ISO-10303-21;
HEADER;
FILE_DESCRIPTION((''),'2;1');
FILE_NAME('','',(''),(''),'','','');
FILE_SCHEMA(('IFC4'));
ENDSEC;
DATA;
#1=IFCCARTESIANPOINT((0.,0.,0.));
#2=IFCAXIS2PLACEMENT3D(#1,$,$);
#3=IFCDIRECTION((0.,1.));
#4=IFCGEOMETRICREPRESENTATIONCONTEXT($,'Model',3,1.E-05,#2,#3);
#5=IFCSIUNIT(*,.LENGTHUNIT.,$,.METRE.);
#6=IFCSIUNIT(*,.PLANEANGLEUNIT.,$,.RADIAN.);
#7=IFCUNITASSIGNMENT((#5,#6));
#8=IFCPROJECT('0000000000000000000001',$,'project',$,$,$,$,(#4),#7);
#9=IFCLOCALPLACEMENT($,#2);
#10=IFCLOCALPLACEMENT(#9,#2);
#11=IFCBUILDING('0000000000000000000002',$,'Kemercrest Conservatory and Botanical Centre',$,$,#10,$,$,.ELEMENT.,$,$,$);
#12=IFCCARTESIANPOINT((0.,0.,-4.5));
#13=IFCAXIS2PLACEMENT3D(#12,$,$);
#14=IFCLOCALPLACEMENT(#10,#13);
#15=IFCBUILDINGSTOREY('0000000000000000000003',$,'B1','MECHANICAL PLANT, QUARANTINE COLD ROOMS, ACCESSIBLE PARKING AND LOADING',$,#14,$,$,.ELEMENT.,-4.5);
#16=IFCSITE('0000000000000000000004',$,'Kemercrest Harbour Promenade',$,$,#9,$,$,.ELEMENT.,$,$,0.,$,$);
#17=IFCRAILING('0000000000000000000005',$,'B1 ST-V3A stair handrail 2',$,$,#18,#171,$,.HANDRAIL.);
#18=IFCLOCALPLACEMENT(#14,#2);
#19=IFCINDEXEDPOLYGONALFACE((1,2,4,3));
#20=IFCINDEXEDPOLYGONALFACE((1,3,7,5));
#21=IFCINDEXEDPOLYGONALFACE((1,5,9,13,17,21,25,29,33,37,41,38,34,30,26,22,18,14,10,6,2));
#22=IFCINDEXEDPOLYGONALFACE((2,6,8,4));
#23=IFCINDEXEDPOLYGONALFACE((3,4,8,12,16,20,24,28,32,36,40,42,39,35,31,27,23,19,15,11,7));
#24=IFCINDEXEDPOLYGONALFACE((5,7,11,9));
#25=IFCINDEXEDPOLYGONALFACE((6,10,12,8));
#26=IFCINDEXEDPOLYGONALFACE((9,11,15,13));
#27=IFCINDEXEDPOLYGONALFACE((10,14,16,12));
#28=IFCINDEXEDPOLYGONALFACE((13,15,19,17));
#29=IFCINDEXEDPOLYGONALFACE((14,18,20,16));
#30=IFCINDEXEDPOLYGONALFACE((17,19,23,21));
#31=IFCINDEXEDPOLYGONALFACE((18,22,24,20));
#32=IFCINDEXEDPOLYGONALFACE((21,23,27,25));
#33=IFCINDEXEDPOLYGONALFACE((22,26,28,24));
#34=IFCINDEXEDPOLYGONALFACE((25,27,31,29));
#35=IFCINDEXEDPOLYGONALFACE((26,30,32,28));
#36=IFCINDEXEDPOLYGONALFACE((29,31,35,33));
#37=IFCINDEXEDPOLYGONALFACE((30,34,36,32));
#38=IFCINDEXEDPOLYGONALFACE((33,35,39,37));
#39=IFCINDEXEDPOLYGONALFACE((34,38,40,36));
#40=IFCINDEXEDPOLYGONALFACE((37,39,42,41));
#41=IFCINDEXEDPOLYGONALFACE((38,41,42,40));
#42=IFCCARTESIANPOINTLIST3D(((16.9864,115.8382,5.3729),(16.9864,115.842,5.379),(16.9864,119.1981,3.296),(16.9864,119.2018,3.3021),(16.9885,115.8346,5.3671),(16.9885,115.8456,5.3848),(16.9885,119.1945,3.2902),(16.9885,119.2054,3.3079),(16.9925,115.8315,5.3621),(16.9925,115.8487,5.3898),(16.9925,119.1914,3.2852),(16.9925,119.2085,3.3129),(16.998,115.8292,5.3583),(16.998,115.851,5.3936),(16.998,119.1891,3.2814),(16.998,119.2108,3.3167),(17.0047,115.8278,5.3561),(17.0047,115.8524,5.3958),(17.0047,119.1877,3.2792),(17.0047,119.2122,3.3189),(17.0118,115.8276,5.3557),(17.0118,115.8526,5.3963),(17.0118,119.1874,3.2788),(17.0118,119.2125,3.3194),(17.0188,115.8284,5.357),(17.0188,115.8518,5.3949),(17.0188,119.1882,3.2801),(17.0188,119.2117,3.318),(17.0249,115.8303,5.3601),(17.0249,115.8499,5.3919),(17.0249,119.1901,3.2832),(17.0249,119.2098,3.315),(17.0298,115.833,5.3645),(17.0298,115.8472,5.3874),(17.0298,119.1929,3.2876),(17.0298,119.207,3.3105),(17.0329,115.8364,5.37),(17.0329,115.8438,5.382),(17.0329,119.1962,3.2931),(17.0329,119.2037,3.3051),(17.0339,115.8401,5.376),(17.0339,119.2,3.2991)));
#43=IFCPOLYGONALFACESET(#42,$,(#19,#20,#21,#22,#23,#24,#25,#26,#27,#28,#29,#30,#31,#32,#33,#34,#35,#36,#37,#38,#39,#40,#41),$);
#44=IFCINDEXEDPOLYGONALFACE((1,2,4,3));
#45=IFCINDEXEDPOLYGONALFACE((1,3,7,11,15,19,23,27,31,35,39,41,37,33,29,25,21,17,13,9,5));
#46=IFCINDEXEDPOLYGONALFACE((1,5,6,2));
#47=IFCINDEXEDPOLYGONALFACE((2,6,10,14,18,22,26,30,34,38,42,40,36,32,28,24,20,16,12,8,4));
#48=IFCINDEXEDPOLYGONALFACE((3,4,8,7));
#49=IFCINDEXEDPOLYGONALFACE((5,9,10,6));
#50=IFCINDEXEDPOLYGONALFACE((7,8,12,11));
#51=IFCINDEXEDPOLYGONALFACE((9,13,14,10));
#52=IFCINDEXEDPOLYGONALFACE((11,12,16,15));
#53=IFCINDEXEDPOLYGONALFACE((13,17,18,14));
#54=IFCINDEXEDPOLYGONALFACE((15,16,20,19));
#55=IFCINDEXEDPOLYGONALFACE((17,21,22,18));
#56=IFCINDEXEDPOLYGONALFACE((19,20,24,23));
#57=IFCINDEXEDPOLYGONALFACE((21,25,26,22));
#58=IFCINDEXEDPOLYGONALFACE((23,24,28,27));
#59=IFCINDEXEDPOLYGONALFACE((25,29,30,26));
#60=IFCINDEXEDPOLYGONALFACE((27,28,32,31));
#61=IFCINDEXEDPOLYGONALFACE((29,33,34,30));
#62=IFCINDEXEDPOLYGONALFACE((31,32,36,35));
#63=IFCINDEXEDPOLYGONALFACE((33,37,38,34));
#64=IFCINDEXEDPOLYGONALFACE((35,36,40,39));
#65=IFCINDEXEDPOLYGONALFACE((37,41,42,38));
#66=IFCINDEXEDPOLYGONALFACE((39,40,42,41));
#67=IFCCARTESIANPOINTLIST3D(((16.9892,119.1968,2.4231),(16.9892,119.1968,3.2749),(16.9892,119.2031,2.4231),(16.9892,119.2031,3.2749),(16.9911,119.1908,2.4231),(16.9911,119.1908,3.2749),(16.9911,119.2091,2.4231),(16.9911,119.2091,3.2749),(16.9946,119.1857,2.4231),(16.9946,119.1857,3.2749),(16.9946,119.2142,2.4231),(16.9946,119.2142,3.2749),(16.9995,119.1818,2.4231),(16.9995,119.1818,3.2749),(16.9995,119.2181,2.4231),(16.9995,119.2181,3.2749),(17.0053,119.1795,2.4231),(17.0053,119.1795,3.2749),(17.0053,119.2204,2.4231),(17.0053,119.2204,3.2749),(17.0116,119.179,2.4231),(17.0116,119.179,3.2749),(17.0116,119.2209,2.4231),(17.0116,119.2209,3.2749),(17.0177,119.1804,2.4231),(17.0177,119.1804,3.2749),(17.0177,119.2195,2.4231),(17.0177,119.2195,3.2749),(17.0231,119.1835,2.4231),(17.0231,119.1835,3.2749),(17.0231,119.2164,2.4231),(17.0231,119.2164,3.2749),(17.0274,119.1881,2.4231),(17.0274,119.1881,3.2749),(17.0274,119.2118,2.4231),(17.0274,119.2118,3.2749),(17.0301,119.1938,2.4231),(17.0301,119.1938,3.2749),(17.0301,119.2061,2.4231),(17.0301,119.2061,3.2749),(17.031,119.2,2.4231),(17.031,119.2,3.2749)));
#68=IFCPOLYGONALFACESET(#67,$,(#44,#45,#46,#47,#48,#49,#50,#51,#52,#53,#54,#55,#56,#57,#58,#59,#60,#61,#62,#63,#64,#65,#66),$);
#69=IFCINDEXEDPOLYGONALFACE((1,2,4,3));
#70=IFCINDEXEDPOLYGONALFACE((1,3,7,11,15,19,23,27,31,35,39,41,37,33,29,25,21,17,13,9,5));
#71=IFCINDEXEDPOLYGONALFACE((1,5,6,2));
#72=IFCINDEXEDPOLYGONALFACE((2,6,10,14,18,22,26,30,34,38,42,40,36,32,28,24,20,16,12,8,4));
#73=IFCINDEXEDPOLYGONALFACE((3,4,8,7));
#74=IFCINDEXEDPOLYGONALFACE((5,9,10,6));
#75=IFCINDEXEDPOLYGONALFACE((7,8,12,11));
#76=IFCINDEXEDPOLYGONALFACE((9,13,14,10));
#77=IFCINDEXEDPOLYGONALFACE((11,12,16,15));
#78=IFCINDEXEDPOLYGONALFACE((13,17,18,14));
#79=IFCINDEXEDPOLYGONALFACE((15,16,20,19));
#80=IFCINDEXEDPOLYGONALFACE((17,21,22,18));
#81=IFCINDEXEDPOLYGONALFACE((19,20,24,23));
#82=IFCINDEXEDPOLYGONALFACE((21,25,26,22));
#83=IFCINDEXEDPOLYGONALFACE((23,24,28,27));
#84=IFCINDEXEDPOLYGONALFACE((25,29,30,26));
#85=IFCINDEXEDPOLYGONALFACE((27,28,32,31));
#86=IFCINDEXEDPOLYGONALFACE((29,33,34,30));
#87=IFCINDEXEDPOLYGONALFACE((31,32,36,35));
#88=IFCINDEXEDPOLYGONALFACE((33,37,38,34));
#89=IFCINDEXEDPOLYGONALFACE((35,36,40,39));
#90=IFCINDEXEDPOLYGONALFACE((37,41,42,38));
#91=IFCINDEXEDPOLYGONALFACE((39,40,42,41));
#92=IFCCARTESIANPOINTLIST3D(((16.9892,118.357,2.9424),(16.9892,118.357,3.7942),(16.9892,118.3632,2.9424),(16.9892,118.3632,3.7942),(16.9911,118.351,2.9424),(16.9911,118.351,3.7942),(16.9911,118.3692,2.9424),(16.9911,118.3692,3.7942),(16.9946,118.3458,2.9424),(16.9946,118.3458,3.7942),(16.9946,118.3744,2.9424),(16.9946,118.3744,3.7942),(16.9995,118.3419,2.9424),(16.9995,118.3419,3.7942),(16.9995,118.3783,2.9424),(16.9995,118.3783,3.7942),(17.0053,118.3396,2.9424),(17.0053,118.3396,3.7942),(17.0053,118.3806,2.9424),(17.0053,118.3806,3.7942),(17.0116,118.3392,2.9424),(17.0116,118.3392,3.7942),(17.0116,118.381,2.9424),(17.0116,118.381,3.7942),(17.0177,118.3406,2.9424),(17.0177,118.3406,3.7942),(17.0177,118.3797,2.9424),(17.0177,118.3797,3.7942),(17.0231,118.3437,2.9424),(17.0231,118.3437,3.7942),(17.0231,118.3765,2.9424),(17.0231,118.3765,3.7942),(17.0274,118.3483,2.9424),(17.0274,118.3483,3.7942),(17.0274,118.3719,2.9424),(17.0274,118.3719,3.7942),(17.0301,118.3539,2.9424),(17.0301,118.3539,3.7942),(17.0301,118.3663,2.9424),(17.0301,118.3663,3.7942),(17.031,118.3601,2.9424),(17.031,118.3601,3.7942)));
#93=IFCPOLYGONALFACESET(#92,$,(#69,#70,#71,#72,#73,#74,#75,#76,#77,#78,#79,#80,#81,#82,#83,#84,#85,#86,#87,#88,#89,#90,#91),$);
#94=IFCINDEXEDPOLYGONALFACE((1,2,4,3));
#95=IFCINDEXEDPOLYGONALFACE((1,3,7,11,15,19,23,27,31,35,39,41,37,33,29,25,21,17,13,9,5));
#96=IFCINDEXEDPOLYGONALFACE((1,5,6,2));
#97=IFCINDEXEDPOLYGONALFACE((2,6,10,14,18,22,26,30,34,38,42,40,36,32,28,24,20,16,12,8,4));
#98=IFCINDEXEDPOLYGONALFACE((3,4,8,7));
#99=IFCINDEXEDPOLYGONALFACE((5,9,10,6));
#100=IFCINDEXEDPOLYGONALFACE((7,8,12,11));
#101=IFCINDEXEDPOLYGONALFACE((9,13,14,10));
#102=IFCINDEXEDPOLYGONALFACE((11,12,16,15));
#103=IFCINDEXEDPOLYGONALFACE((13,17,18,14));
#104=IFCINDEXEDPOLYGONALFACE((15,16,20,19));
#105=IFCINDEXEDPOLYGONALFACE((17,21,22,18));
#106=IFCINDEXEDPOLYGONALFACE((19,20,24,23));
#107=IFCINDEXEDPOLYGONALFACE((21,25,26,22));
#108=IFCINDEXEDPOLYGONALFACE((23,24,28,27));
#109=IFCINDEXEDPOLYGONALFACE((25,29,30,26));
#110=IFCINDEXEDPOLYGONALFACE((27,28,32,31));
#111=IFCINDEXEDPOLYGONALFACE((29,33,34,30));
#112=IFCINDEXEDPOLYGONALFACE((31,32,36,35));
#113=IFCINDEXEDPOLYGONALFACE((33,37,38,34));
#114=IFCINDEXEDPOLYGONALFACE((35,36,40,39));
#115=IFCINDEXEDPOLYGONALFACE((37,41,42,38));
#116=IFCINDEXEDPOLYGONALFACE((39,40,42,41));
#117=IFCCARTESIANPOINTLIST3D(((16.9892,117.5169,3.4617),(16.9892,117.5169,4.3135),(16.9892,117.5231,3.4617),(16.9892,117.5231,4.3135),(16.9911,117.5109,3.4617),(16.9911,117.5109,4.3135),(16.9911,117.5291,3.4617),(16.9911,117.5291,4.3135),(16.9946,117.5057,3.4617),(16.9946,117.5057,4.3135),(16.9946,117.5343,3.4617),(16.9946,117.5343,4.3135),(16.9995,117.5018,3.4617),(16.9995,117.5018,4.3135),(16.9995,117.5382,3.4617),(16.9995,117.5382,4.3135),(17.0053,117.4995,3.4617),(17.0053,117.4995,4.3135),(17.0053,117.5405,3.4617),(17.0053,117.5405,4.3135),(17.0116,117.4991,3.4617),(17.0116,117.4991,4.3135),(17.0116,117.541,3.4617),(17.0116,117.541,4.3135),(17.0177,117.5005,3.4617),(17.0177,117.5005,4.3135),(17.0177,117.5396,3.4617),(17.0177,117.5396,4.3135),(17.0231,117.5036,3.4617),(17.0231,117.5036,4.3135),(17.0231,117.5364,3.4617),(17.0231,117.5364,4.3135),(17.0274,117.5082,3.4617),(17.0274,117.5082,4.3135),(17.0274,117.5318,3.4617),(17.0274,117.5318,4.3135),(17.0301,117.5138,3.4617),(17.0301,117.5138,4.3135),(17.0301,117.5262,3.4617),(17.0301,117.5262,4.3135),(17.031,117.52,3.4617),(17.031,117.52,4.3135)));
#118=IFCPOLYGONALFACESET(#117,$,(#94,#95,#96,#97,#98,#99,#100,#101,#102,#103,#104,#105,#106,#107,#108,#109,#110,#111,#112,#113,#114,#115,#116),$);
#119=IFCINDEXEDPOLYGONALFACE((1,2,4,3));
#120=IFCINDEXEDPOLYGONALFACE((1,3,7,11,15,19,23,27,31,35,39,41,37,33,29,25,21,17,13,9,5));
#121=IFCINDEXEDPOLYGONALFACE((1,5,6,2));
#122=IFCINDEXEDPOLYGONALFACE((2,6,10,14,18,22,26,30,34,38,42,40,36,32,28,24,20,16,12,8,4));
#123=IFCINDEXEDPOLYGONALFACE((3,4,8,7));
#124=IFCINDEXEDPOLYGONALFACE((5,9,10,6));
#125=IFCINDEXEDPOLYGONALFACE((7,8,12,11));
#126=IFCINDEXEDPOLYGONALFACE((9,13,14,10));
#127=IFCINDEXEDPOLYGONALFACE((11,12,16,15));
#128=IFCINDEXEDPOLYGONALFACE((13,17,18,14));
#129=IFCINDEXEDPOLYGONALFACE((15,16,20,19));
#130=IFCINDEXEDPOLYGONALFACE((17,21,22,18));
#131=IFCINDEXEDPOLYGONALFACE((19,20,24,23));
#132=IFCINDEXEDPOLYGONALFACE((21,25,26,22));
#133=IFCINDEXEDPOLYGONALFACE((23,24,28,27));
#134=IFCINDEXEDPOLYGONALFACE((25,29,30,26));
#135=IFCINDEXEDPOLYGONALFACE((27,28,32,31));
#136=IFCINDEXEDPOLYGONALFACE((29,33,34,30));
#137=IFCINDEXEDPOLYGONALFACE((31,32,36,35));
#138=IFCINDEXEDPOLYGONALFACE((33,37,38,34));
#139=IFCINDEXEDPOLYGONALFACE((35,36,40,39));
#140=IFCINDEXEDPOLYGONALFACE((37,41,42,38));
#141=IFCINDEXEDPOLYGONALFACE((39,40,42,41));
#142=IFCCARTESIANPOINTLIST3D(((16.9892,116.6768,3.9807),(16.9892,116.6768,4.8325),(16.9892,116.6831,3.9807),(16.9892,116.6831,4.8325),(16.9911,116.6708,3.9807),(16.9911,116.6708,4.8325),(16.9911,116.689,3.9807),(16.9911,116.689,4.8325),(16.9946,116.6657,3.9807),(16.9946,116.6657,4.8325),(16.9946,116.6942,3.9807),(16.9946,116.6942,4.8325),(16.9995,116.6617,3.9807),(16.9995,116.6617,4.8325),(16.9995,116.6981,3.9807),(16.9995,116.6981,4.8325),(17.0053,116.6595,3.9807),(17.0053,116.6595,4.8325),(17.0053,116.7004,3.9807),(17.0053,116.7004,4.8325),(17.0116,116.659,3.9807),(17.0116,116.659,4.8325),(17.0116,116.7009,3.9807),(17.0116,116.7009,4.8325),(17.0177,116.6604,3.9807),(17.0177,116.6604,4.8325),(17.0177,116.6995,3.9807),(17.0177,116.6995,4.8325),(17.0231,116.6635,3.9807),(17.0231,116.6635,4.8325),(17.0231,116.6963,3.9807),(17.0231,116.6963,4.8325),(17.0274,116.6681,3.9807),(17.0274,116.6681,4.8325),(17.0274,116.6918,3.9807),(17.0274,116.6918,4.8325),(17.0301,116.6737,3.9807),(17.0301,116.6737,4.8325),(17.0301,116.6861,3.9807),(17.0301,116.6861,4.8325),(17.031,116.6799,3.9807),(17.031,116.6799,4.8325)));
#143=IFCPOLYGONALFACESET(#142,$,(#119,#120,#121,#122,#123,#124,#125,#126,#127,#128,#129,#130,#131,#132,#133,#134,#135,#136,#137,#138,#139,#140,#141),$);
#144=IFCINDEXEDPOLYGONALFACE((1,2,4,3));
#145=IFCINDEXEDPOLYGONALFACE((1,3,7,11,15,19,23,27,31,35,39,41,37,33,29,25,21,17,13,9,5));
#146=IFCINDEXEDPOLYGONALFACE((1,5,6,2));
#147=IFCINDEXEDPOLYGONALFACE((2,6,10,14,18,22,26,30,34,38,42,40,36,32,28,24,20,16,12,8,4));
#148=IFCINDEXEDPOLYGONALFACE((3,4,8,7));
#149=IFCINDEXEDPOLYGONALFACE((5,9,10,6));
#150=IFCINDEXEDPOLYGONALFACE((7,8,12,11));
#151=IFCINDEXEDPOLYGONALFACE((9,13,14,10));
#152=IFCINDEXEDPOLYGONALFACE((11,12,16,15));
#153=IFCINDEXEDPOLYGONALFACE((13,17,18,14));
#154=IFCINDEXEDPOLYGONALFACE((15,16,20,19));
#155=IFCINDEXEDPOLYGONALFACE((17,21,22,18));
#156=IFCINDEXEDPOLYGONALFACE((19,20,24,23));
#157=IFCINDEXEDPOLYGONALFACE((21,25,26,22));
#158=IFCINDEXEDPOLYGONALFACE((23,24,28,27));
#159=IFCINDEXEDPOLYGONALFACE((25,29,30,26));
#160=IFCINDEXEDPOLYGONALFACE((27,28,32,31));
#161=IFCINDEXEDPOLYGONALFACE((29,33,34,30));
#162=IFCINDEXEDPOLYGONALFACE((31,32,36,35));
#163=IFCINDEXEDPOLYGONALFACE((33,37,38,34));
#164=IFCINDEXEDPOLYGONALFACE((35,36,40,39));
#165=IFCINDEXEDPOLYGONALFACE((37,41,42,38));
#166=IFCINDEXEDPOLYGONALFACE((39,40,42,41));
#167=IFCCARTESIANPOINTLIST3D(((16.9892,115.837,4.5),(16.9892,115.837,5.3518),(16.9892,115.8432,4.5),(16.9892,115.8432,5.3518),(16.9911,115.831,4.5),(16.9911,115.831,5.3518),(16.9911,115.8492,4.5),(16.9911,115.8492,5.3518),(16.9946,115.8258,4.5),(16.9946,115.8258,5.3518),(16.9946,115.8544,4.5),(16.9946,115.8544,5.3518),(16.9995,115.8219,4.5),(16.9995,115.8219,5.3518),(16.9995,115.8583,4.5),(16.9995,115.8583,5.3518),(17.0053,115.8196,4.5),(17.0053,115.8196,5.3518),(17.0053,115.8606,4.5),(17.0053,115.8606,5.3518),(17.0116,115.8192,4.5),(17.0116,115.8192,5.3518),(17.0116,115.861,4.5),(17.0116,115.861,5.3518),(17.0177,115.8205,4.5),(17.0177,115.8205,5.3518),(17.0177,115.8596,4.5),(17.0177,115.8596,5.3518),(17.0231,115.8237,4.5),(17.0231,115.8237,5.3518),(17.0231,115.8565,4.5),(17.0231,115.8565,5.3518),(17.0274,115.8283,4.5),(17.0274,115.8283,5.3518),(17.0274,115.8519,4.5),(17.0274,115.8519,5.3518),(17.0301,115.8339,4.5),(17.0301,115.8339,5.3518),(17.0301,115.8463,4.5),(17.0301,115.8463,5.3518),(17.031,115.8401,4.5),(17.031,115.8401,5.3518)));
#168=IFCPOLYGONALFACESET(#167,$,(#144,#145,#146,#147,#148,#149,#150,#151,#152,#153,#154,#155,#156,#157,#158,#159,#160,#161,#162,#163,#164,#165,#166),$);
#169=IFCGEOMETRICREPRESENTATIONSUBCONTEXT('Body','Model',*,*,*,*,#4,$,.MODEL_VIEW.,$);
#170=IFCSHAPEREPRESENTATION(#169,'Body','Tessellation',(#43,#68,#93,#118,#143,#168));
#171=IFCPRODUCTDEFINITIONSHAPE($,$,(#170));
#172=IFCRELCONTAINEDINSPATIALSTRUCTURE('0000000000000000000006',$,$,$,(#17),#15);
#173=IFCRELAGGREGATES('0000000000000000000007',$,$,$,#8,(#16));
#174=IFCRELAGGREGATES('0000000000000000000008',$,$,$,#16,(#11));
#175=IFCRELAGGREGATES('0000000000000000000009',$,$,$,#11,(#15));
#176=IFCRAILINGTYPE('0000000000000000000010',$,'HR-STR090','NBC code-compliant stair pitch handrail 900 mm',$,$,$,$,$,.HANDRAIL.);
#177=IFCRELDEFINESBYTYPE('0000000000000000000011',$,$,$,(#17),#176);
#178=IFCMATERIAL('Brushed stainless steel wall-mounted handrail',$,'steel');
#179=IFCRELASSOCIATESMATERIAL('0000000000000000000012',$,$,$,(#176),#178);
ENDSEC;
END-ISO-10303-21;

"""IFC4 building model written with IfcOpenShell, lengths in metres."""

from ifc_helpers import new_model, si_unit, direction, frame, origin, origin_2d, place, context, subcontext, project, spatial, circle, extrude, material, type_object, element, save


model = new_model("IFC4")

# Units and contexts
model_context = context("Model", 3, precision=1e-05, world=origin(), true_north=direction((0.0, 1.0)))
body_context = subcontext(model_context, "Body", "Model", "MODEL_VIEW")
ifc_project = project(units=[si_unit("LENGTHUNIT", "METRE"), si_unit("PLANEANGLEUNIT", "RADIAN")], contexts=[model_context])

# Site, building, storey
site_placement = place(None, origin())
site = spatial("IfcSite", under=ifc_project, at=site_placement, Name="Kemercrest Harbour Promenade", CompositionType="ELEMENT", RefElevation=0.0)
building_placement = place(site_placement, origin())
building = spatial("IfcBuilding", under=site, at=building_placement, Name="Kemercrest Conservatory and Botanical Centre", CompositionType="ELEMENT")
storey_placement = place(building_placement, frame((0.0, 0.0, -4.5)))
storey = spatial("IfcBuildingStorey", under=building, at=storey_placement, Name="B1", Description="MECHANICAL PLANT, QUARANTINE COLD ROOMS, ACCESSIBLE PARKING AND LOADING", CompositionType="ELEMENT", Elevation=-4.5)

# Railing
ifc_material_1 = material(Name="Brushed stainless steel wall-mounted handrail", Category="steel")
railing_type_1 = type_object("IfcRailingType", Name="HR-STR090", Description="NBC code-compliant stair pitch handrail 900 mm", PredefinedType="HANDRAIL", material=ifc_material_1)
railing_1_placement = place(storey_placement, frame((17.01, 119.2, 2.4231)))
element("IfcRailing", 1, at=railing_1_placement, inside=storey, type_object=railing_type_1, Name="B1 ST-V3A stair handrail 2", PredefinedType="HANDRAIL", context=body_context, shape_type="SweptSolid", body=[
    extrude(circle(Radius=0.0239, at=origin_2d()), frame((0.0, 0.0, 0.876), z_axis=(0.0, -0.850606, 0.525803), x_axis=(1.0, 0.0, 0.0)), (0.0, 0.0, 1.0), 3.95),
    extrude(circle(Radius=0.021, at=origin_2d()), origin(), (0.0, 0.0, 1.0), 0.8518),
    extrude(circle(Radius=0.021, at=origin_2d()), frame((0.0, -0.8398, 0.5193)), (0.0, 0.0, 1.0), 0.8518),
    extrude(circle(Radius=0.021, at=origin_2d()), frame((0.0, -1.6799, 1.0386)), (0.0, 0.0, 1.0), 0.8518),
    extrude(circle(Radius=0.021, at=origin_2d()), frame((0.0, -2.52, 1.5576)), (0.0, 0.0, 1.0), 0.8518),
    extrude(circle(Radius=0.021, at=origin_2d()), frame((0.0, -3.3599, 2.0769)), (0.0, 0.0, 1.0), 0.8518),
])

save(model, "model.ifc")
